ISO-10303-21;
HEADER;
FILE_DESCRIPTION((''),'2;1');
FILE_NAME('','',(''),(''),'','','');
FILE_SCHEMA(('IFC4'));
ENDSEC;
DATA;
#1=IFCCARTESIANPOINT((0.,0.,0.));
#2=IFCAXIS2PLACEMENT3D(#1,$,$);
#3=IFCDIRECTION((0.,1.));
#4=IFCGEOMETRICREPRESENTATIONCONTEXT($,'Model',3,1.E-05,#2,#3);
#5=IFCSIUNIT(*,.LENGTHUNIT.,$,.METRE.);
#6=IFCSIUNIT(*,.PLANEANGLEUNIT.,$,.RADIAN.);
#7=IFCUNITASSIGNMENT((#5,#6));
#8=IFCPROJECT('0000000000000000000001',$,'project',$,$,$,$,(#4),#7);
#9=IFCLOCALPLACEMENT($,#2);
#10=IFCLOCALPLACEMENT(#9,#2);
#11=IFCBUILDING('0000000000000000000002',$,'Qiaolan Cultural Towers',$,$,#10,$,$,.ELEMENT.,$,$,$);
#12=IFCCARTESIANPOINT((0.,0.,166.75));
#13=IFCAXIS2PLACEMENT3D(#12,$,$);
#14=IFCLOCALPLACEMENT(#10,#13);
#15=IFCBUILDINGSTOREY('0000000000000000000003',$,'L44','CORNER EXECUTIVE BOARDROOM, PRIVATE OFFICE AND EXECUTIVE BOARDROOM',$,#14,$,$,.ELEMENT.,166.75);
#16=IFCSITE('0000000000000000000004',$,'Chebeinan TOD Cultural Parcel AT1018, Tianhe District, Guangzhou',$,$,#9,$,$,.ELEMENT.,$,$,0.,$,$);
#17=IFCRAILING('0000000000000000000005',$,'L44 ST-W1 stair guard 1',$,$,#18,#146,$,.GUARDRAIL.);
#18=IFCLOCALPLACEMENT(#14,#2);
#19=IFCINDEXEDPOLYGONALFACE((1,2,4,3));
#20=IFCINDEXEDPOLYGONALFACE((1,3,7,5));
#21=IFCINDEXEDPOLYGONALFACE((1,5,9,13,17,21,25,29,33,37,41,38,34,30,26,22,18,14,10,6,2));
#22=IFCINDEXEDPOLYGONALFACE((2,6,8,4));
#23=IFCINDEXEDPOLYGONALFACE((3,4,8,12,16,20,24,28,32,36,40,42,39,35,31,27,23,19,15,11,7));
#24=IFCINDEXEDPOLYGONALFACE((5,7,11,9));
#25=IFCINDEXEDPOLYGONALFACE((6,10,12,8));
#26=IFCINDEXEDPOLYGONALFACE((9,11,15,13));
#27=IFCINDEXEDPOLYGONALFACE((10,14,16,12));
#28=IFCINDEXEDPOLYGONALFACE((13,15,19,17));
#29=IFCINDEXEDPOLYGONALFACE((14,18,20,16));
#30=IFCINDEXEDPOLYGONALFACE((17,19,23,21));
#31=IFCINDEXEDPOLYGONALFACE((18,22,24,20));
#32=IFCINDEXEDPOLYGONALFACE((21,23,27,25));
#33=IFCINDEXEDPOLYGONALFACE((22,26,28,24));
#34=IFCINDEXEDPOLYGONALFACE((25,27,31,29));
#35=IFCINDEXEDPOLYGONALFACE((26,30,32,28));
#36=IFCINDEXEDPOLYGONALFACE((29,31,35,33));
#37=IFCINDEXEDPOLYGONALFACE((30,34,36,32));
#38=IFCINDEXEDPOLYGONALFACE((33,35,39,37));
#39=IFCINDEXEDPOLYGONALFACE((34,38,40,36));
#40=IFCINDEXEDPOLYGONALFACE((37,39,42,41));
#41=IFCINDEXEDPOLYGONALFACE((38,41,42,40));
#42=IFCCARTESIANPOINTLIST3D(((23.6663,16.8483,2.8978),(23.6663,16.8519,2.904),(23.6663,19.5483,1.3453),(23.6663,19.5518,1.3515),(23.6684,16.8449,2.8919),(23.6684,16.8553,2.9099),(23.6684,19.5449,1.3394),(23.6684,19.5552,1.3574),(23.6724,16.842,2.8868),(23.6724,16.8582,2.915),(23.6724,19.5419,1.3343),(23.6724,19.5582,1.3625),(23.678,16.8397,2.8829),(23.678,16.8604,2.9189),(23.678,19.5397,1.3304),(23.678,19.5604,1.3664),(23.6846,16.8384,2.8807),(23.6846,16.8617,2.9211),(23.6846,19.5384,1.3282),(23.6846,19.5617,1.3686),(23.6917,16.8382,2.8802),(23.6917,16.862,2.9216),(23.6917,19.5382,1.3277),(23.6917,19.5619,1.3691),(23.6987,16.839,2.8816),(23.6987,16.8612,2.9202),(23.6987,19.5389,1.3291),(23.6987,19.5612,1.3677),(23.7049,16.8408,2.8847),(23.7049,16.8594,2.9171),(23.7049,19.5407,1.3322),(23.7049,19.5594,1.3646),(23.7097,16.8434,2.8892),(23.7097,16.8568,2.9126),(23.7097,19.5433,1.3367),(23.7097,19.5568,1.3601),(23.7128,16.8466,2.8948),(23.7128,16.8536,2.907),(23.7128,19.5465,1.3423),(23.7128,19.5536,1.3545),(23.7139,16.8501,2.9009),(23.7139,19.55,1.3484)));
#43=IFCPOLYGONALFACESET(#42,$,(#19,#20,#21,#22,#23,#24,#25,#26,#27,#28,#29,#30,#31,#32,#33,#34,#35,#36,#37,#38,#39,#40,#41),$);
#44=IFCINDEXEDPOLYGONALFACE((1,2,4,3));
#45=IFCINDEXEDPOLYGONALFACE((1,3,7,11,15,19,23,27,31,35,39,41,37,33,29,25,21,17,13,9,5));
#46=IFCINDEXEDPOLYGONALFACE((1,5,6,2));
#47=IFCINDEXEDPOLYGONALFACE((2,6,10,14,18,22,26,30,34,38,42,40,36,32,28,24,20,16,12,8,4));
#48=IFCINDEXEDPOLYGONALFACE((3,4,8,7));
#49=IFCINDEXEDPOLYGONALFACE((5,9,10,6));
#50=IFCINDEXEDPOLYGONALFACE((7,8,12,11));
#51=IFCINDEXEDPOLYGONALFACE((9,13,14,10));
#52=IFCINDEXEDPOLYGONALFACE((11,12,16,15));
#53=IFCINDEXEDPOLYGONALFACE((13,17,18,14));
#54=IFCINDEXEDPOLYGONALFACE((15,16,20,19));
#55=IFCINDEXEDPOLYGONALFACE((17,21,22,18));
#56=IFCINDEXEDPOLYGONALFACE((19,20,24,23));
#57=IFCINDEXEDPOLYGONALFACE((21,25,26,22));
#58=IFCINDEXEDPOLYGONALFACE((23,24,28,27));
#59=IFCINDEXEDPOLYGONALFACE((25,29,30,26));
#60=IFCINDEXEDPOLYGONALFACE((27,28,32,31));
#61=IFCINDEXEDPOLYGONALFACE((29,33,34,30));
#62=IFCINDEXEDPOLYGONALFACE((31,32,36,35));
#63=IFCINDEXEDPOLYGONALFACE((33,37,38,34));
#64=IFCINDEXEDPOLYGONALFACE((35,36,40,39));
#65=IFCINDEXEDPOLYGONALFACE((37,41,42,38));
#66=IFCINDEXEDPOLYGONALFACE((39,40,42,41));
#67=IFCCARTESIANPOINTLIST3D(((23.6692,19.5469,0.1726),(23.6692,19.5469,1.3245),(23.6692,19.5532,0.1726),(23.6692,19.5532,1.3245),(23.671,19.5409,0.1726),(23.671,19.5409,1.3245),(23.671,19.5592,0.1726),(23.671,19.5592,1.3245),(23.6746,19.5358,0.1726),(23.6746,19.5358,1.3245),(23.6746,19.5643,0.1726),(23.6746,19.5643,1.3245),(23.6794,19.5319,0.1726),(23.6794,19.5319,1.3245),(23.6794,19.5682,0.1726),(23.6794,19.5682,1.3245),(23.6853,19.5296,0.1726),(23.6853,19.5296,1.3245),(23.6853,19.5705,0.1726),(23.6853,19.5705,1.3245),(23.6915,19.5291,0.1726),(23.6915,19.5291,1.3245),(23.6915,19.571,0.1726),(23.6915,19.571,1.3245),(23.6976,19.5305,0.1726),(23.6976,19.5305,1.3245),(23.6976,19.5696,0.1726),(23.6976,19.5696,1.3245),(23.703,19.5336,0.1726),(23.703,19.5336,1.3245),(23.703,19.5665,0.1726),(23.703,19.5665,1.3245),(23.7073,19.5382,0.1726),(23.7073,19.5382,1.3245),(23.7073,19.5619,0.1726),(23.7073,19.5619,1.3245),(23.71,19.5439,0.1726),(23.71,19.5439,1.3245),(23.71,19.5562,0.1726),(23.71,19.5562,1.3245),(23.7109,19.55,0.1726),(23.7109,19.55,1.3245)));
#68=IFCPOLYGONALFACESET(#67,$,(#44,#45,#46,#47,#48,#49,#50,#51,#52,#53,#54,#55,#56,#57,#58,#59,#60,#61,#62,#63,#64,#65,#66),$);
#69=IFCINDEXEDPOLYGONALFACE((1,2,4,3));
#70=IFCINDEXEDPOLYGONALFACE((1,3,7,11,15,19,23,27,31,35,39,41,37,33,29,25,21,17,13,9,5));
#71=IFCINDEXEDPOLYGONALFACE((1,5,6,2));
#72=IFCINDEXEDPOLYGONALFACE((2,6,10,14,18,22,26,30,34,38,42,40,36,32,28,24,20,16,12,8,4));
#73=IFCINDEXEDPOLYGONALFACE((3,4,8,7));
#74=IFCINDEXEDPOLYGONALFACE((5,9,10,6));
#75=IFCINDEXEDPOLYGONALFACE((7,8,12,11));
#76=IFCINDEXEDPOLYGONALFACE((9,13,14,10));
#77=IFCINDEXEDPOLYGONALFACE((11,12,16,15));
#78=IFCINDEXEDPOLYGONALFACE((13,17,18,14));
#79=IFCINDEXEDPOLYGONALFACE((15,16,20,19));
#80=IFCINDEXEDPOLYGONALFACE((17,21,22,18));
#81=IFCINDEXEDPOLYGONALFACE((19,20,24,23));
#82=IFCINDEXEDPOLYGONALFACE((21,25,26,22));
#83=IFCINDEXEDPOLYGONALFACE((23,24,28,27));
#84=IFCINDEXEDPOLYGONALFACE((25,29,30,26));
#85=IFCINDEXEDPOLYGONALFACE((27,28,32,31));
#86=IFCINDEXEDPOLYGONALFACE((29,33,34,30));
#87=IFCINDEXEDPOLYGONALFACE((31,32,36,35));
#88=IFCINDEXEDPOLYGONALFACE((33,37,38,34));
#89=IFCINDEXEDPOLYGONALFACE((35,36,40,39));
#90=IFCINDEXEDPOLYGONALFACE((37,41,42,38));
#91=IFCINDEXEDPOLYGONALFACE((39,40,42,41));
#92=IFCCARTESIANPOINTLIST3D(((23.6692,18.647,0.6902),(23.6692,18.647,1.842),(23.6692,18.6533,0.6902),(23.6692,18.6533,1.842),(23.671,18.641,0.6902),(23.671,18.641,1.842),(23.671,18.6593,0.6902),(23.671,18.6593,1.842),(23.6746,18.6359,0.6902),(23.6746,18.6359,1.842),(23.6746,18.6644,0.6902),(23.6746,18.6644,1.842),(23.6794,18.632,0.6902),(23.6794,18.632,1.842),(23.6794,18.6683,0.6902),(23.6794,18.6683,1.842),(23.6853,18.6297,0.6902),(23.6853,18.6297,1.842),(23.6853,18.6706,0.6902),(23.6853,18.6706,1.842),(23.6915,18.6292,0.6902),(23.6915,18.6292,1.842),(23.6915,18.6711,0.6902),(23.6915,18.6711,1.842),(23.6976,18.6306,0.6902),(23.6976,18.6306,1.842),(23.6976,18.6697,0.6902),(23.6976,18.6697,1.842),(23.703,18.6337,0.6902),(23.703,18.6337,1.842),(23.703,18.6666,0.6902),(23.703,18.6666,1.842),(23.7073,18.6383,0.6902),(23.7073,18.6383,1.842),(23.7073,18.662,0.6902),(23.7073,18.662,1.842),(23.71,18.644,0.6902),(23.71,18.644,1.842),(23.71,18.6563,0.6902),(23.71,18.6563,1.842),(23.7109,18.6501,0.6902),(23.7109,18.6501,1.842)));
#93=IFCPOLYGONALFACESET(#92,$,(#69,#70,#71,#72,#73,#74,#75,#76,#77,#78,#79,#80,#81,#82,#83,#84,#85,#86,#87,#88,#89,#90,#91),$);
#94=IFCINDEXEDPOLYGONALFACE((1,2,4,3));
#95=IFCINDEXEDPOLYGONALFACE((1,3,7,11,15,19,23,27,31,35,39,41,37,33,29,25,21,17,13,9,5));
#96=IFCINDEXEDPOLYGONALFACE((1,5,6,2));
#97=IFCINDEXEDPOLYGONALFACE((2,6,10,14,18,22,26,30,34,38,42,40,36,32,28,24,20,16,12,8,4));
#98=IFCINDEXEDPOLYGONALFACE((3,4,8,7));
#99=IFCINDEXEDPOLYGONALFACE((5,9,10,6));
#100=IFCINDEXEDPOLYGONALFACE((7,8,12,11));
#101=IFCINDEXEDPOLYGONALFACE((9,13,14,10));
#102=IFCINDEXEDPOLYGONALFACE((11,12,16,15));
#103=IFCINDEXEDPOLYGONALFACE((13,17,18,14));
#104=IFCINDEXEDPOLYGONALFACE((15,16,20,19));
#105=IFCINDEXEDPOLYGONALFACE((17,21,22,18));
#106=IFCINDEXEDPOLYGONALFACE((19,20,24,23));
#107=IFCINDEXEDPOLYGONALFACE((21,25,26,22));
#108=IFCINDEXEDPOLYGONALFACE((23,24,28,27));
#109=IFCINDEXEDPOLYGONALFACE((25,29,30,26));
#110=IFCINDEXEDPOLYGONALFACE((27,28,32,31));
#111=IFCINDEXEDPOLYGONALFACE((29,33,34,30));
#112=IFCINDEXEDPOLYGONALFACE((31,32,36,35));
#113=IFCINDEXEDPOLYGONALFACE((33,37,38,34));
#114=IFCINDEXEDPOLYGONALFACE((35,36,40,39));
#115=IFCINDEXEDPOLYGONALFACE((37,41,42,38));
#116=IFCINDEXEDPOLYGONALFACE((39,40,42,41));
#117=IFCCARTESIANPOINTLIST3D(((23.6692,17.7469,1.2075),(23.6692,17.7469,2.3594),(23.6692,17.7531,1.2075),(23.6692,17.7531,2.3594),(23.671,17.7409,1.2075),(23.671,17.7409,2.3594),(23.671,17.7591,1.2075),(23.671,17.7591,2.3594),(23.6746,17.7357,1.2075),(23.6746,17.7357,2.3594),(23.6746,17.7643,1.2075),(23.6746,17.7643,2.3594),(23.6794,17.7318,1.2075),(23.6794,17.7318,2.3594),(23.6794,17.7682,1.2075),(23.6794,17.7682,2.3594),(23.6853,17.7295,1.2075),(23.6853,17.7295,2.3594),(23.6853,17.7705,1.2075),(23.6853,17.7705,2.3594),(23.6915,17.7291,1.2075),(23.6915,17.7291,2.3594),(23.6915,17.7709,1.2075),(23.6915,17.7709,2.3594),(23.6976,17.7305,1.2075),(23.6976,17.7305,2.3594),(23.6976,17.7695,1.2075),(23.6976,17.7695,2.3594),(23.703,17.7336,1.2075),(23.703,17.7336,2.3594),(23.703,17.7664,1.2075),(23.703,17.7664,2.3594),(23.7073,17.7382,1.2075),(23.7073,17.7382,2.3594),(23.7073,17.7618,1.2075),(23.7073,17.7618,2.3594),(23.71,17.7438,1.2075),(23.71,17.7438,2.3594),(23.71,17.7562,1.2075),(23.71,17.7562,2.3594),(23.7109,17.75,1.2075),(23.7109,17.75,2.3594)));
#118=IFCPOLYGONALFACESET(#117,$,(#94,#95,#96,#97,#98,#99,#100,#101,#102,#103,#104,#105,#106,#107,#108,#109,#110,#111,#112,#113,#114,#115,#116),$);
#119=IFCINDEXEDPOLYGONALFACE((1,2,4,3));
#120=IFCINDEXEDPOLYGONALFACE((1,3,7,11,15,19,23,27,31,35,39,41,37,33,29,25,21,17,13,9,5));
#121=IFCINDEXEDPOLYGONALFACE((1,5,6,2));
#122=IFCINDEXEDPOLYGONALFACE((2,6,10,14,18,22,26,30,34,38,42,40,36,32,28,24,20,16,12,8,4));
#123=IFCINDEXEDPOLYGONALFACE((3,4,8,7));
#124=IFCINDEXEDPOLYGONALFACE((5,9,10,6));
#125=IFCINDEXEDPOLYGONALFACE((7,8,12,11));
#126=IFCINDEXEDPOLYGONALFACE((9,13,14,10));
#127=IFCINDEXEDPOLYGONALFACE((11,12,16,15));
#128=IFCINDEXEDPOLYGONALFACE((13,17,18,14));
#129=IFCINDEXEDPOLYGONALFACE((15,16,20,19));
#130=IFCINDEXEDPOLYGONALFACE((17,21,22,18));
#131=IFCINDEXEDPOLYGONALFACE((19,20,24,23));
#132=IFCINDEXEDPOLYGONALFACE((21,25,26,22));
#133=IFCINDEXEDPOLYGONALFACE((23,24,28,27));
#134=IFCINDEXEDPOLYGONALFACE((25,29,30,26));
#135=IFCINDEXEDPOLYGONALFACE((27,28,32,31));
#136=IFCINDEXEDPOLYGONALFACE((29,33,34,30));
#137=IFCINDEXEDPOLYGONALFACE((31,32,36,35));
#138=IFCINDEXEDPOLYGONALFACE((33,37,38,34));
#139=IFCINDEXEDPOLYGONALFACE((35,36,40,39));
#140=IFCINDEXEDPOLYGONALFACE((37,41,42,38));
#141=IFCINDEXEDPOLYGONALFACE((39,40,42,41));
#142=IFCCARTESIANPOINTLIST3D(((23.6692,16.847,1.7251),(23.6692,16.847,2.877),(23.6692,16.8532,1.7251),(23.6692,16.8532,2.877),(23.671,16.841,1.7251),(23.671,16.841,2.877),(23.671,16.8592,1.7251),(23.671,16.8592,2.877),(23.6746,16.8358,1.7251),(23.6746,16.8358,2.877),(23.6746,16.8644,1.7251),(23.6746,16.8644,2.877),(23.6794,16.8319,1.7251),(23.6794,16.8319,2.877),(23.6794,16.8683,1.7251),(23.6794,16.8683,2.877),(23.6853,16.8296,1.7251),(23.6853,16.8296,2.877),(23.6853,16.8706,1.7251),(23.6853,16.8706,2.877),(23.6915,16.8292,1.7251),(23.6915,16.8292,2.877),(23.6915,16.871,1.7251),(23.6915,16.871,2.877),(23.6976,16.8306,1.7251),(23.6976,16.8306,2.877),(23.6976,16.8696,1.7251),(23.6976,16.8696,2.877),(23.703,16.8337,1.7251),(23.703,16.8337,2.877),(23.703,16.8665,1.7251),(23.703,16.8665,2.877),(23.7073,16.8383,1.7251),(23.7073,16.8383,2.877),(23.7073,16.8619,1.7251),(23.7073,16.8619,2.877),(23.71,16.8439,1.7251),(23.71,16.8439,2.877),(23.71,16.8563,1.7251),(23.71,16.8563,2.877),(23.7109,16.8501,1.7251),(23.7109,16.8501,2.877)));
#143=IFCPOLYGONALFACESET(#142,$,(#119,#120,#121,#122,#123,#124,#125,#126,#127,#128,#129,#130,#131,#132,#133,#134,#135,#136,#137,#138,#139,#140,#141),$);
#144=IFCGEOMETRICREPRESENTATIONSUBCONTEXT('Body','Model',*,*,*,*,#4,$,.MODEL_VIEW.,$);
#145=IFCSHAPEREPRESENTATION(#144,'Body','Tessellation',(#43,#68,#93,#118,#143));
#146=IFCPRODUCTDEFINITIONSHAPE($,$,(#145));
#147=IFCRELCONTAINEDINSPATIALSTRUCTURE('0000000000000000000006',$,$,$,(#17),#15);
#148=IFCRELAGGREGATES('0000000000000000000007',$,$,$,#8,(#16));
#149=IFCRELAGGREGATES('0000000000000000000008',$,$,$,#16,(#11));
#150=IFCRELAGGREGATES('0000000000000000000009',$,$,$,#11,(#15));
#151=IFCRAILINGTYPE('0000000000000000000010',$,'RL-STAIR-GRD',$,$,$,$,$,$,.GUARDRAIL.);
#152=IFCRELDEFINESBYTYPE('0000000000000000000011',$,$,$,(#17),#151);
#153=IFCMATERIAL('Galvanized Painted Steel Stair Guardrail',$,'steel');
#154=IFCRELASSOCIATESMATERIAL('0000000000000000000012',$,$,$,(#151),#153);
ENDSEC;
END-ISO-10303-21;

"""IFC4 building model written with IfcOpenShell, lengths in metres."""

from ifc_helpers import new_model, si_unit, direction, frame, origin, origin_2d, place, context, subcontext, project, spatial, circle, extrude, material, type_object, element, save


model = new_model("IFC4")

# Units and contexts
model_context = context("Model", 3, precision=1e-05, world=origin(), true_north=direction((0.0, 1.0)))
body_context = subcontext(model_context, "Body", "Model", "MODEL_VIEW")
ifc_project = project(units=[si_unit("LENGTHUNIT", "METRE"), si_unit("PLANEANGLEUNIT", "RADIAN")], contexts=[model_context])

# Site, building, storey
site_placement = place(None, origin())
site = spatial("IfcSite", under=ifc_project, at=site_placement, Name="Chebeinan TOD Cultural Parcel AT1018, Tianhe District, Guangzhou", CompositionType="ELEMENT", RefElevation=0.0)
building_placement = place(site_placement, origin())
building = spatial("IfcBuilding", under=site, at=building_placement, Name="Qiaolan Cultural Towers", CompositionType="ELEMENT")
storey_placement = place(building_placement, frame((0.0, 0.0, 166.75)))
storey = spatial("IfcBuildingStorey", under=building, at=storey_placement, Name="L44", Description="CORNER EXECUTIVE BOARDROOM, PRIVATE OFFICE AND EXECUTIVE BOARDROOM", CompositionType="ELEMENT", Elevation=166.75)

# Railing
ifc_material_1 = material(Name="Galvanized Painted Steel Stair Guardrail", Category="steel")
railing_type_1 = type_object("IfcRailingType", Name="RL-STAIR-GRD", PredefinedType="GUARDRAIL", material=ifc_material_1)
railing_1_placement = place(storey_placement, frame((23.6899, 19.55, 0.1726)))
element("IfcRailing", 1, at=railing_1_placement, inside=storey, type_object=railing_type_1, Name="L44 ST-W1 stair guard 1", PredefinedType="GUARDRAIL", context=body_context, shape_type="SweptSolid", body=[
    extrude(circle(Radius=0.0239, at=origin_2d()), frame((0.0, 0.0, 1.1758), z_axis=(0.0, -0.866904, 0.498476), x_axis=(1.0, 0.0, 0.0)), (0.0, 0.0, 1.0), 3.1145),
    extrude(circle(Radius=0.021, at=origin_2d()), origin(), (0.0, 0.0, 1.0), 1.1519),
    extrude(circle(Radius=0.021, at=origin_2d()), frame((0.0, -0.8999, 0.5176)), (0.0, 0.0, 1.0), 1.1519),
    extrude(circle(Radius=0.021, at=origin_2d()), frame((0.0, -1.8, 1.0349)), (0.0, 0.0, 1.0), 1.1519),
    extrude(circle(Radius=0.021, at=origin_2d()), frame((0.0, -2.7, 1.5525)), (0.0, 0.0, 1.0), 1.1519),
])

save(model, "model.ifc")
